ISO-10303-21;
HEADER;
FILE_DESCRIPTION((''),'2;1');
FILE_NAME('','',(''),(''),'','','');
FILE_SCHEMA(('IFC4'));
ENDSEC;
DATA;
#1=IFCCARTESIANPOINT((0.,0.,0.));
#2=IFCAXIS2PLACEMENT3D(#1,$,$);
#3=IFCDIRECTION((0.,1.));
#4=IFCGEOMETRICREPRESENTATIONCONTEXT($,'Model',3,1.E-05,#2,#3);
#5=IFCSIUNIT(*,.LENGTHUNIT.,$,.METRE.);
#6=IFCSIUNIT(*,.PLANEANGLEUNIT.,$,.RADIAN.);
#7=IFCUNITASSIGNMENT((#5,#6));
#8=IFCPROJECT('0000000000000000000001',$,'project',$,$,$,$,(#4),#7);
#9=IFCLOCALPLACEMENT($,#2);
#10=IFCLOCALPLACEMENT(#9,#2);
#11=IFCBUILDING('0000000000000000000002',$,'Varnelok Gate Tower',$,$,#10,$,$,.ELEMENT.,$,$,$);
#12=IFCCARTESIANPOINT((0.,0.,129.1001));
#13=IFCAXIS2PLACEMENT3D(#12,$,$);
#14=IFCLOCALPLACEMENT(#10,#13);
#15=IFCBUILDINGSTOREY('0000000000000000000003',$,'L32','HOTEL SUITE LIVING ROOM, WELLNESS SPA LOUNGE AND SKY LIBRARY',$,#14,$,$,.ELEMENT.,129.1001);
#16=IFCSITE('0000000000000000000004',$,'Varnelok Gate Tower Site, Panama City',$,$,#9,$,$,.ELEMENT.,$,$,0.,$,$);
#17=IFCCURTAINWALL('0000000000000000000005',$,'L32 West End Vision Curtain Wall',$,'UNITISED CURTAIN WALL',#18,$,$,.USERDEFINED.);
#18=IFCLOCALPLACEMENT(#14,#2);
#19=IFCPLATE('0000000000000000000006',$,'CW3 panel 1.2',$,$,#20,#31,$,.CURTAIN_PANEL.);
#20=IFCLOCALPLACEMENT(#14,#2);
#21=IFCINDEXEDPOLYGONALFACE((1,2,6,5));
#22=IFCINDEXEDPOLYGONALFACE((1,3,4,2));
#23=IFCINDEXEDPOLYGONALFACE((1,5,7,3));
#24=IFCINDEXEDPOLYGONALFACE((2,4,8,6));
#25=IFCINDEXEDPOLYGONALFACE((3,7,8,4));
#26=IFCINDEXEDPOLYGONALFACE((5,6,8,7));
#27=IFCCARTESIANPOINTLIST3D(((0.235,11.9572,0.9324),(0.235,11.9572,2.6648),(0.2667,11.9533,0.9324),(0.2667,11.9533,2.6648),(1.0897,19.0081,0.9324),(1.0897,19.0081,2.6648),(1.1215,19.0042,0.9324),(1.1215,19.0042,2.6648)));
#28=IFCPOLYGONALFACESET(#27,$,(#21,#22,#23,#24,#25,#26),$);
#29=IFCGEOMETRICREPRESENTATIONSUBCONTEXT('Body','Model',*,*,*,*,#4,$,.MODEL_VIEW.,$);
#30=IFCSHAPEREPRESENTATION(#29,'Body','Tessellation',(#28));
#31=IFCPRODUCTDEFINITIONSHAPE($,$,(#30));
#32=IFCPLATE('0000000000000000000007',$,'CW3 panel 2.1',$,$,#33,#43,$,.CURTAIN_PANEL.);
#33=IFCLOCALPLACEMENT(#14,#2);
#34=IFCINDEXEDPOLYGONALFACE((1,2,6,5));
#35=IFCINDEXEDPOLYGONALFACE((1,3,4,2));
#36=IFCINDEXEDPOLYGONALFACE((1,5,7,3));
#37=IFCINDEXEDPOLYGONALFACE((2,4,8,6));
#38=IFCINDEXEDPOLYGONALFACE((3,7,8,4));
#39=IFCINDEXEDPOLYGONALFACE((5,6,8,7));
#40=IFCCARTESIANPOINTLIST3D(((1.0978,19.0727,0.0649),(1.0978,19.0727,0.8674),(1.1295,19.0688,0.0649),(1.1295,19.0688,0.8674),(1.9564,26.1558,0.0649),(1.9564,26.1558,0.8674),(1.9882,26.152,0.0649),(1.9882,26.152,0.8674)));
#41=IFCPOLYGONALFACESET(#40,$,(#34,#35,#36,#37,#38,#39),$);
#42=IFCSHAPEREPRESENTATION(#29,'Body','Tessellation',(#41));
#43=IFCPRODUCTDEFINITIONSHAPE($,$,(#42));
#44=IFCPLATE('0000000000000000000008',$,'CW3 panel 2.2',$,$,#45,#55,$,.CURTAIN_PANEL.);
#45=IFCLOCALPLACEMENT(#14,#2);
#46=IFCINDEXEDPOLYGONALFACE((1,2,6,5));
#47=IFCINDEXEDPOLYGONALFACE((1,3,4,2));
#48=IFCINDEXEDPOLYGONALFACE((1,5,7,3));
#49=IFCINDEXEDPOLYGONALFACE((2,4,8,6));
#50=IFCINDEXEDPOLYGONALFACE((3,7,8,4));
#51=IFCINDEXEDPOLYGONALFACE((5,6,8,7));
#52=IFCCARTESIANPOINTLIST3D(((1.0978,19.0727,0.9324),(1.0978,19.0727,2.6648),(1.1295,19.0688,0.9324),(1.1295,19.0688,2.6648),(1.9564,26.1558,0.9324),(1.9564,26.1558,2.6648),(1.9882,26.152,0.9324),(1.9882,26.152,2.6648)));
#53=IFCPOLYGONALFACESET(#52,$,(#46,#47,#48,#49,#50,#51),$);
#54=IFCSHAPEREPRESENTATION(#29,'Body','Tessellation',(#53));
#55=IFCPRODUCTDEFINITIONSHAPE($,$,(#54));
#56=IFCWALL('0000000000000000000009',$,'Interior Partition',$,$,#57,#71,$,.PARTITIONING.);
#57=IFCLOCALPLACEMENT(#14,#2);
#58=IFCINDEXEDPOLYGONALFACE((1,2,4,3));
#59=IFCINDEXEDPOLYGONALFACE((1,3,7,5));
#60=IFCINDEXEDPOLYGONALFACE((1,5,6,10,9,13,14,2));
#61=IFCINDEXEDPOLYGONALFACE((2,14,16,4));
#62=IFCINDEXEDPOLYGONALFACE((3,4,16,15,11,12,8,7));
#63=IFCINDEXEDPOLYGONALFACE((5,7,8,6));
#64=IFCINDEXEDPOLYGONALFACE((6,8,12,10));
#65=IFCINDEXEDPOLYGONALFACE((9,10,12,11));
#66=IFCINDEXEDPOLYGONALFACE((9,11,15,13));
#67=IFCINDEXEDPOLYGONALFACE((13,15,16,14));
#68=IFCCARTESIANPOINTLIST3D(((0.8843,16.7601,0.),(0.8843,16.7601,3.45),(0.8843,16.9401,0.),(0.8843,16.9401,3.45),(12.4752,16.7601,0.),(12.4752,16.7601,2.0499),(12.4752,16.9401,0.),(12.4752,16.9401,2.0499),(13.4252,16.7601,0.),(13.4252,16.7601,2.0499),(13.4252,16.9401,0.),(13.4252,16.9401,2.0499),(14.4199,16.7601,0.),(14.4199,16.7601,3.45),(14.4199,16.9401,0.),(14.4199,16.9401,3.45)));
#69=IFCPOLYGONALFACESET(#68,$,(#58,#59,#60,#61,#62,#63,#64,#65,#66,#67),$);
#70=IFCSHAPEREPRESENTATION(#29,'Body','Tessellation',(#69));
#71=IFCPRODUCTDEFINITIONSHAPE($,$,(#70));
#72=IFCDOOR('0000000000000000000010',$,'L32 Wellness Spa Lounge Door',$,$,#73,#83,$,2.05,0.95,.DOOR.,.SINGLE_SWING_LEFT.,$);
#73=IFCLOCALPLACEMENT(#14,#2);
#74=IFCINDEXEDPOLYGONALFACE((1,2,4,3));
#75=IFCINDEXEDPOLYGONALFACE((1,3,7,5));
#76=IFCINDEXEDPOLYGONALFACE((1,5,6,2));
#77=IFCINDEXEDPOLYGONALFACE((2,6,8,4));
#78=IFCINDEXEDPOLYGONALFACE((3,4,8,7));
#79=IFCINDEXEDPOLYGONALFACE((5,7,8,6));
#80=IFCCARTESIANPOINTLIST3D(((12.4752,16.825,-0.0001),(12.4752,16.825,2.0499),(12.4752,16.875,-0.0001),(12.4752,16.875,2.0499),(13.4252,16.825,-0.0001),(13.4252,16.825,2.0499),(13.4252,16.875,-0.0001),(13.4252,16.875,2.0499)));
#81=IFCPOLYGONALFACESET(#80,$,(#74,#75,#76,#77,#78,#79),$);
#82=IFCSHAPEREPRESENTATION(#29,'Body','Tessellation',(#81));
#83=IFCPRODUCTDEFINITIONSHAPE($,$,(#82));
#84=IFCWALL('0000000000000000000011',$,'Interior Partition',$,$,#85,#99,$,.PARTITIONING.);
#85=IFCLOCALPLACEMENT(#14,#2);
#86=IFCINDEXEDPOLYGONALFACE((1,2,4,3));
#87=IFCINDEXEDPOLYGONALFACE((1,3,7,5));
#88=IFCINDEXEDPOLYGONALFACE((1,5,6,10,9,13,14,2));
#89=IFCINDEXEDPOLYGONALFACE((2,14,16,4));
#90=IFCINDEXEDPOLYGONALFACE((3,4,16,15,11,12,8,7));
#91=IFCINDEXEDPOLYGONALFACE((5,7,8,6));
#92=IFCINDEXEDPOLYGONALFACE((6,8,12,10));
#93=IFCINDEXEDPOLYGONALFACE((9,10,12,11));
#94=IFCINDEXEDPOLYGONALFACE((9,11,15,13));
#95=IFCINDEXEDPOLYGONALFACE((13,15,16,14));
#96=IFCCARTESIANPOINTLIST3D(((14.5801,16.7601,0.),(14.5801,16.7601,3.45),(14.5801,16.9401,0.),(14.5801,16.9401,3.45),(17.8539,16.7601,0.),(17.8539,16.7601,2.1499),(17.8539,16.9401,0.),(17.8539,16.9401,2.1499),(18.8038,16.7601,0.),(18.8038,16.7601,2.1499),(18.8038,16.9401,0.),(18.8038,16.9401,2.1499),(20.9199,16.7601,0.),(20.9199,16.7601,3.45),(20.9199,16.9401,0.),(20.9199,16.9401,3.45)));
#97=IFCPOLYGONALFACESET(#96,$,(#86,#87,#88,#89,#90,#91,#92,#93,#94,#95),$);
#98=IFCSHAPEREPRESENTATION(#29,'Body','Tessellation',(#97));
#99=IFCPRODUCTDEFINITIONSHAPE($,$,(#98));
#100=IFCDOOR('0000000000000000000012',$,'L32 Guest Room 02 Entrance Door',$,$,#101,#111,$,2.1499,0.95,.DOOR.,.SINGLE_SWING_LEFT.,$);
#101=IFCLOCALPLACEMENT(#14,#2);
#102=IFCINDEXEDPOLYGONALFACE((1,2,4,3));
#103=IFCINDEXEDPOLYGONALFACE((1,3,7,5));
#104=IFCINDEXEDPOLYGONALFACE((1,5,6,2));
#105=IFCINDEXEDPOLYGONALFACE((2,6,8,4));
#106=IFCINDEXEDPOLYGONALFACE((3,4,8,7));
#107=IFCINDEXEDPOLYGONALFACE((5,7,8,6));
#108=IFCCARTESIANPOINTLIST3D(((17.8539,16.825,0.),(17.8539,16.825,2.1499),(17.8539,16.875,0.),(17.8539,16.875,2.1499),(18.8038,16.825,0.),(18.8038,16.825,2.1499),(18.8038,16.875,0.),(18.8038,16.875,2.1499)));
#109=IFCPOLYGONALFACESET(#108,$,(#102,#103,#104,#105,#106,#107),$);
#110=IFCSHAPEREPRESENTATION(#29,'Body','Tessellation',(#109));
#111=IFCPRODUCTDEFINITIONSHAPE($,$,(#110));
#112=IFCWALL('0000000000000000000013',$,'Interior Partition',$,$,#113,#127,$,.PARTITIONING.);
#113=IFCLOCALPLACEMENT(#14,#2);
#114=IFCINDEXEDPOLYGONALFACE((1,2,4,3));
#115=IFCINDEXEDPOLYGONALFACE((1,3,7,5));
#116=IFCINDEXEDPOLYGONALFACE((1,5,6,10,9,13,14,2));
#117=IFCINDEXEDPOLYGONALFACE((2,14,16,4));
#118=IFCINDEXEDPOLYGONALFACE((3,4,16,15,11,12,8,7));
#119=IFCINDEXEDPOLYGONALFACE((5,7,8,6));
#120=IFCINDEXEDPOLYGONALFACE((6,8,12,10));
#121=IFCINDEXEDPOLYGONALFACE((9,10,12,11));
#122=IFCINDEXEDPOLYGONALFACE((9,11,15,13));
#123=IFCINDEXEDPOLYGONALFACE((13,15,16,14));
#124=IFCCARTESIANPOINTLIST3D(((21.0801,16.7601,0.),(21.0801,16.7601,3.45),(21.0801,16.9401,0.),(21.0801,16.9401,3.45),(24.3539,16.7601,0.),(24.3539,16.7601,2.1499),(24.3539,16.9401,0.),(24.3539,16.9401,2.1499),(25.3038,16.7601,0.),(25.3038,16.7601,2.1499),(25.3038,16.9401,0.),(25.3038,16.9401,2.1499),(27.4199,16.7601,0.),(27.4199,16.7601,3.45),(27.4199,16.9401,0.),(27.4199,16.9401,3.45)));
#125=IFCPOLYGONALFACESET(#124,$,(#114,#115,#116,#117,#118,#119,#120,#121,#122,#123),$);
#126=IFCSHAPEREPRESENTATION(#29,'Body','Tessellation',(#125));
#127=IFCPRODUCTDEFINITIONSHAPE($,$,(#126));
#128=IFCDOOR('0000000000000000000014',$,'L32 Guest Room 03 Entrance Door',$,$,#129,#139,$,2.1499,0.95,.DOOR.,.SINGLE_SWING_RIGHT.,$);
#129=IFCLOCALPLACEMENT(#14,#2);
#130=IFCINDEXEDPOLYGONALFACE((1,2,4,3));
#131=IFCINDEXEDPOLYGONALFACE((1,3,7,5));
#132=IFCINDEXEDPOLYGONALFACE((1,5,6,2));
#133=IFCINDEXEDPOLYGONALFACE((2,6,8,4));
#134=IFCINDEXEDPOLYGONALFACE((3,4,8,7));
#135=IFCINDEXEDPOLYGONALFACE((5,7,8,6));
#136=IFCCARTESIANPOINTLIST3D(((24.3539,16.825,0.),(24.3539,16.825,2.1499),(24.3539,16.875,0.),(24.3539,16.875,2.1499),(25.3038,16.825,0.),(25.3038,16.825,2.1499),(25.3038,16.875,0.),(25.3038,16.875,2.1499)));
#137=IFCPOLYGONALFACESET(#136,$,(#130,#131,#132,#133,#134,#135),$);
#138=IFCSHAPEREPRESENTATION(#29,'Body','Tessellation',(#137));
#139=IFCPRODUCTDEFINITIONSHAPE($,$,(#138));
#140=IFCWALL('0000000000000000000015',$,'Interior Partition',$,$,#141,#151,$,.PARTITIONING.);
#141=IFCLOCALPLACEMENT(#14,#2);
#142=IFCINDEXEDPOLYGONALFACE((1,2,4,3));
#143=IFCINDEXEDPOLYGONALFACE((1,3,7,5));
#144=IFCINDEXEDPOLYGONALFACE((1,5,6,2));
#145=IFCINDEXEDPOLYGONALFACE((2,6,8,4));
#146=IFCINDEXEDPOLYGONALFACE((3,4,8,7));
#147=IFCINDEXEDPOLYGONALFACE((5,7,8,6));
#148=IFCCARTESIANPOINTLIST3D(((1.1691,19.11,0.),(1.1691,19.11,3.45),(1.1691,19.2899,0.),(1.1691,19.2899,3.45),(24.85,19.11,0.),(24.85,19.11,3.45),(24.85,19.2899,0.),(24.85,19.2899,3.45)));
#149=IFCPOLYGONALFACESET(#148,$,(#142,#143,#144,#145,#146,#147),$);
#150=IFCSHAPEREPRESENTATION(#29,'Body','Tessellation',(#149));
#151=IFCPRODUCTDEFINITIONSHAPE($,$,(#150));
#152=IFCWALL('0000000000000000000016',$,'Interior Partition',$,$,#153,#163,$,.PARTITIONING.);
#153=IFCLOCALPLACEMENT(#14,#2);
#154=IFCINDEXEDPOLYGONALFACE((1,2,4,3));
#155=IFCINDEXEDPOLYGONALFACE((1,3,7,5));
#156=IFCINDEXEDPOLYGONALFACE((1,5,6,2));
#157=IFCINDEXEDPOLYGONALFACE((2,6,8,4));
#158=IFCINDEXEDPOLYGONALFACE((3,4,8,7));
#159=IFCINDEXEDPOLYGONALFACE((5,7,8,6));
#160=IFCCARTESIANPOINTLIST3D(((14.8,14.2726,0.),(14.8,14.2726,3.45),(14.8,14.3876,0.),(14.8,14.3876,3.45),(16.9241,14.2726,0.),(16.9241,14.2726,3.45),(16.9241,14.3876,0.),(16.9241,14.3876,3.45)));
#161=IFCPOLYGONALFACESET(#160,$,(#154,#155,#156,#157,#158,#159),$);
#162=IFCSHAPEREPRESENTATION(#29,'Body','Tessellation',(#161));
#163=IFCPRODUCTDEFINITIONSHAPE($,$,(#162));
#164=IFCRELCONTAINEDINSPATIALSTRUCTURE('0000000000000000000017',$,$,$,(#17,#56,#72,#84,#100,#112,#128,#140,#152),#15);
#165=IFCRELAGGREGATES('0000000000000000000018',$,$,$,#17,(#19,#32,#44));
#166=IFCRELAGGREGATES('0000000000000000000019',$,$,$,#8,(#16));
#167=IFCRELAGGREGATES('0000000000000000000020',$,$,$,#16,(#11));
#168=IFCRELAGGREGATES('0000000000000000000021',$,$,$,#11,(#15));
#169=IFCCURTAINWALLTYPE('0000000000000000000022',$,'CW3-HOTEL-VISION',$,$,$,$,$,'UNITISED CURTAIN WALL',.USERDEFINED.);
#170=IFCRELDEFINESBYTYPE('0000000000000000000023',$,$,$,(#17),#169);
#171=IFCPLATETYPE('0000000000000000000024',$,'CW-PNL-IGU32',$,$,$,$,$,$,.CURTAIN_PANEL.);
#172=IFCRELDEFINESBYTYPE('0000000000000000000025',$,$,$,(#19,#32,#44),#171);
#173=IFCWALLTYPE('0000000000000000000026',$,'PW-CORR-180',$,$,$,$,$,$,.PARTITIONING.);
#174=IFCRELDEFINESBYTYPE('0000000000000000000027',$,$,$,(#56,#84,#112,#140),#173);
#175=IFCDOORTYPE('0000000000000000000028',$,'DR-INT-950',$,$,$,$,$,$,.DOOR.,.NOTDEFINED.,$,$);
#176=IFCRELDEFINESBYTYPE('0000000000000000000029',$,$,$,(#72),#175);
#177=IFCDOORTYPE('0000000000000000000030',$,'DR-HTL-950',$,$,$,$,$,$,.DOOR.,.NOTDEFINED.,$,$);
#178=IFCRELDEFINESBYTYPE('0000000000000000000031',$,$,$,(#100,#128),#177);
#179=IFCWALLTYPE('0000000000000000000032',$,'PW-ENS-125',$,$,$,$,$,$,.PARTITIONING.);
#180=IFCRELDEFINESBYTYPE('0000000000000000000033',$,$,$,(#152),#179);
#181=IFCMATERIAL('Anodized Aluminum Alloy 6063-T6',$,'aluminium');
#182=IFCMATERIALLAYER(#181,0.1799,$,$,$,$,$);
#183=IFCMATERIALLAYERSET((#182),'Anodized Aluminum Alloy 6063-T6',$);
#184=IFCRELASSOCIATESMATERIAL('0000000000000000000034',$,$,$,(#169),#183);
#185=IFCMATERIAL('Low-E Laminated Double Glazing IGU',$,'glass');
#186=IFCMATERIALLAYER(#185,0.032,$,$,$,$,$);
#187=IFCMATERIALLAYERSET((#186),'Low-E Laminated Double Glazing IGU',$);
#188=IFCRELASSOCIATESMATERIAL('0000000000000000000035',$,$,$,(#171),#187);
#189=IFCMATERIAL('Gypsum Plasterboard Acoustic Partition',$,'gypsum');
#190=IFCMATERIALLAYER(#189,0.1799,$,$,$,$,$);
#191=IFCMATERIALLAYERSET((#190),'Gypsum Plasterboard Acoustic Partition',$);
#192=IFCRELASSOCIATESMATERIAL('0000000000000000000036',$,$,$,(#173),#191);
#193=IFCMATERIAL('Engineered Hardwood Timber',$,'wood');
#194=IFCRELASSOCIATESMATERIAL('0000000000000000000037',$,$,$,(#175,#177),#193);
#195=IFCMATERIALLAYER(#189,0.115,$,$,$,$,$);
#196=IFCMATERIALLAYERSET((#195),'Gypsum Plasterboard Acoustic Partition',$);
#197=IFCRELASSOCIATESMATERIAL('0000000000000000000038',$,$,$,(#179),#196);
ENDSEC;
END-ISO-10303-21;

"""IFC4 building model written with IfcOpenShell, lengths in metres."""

from ifc_helpers import new_model, si_unit, direction, frame, frame_2d, origin, origin_2d, place, context, subcontext, project, spatial, rectangle, extrude, source, transform, mapped, material, layer, layer_set, type_object, element, fill, aggregate, save


model = new_model("IFC4")

# Units and contexts
model_context = context("Model", 3, precision=1e-05, world=origin(), true_north=direction((0.0, 1.0)))
body_context = subcontext(model_context, "Body", "Model", "MODEL_VIEW")
ifc_project = project(units=[si_unit("LENGTHUNIT", "METRE"), si_unit("PLANEANGLEUNIT", "RADIAN")], contexts=[model_context])

# Site, building, storey
site_placement = place(None, origin())
site = spatial("IfcSite", under=ifc_project, at=site_placement, Name="Varnelok Gate Tower Site, Panama City", CompositionType="ELEMENT", RefElevation=0.0)
building_placement = place(site_placement, origin())
building = spatial("IfcBuilding", under=site, at=building_placement, Name="Varnelok Gate Tower", CompositionType="ELEMENT")
storey_placement = place(building_placement, frame((0.0, 0.0, 129.1001)))
storey = spatial("IfcBuildingStorey", under=building, at=storey_placement, Name="L32", Description="HOTEL SUITE LIVING ROOM, WELLNESS SPA LOUNGE AND SKY LIBRARY", CompositionType="ELEMENT", Elevation=129.1001)

# Curtain wall, plates
ifc_material_1 = material(Name="Anodized Aluminum Alloy 6063-T6", Category="aluminium")
ifc_layer_1 = layer(ifc_material_1, 0.1799)
ifc_layer_set_1 = layer_set([ifc_layer_1], Name="Anodized Aluminum Alloy 6063-T6")
curtain_wall_type = type_object("IfcCurtainWallType", Name="CW3-HOTEL-VISION", ElementType="UNITISED CURTAIN WALL", PredefinedType="USERDEFINED", material=ifc_layer_set_1)
curtain_wall_placement = place(storey_placement, origin())
curtain_wall = element("IfcCurtainWall", 1, at=curtain_wall_placement, inside=storey, type_object=curtain_wall_type, Name="L32 West End Vision Curtain Wall", ObjectType="UNITISED CURTAIN WALL", PredefinedType="USERDEFINED")
ifc_material_2 = material(Name="Low-E Laminated Double Glazing IGU", Category="glass")
ifc_layer_2 = layer(ifc_material_2, 0.032)
ifc_layer_set_2 = layer_set([ifc_layer_2], Name="Low-E Laminated Double Glazing IGU")
plate_type = type_object("IfcPlateType", Name="CW-PNL-IGU32", PredefinedType="CURTAIN_PANEL", material=ifc_layer_set_2)
shared_shape_1 = source(origin(), body_context, "Body", "SweptSolid", [
    extrude(rectangle(XDim=7.1025, YDim=0.032, at=origin_2d()), origin(), (0.0, 0.0, 1.0), 1.7324),
])
plate_1_placement = place(storey_placement, frame((0.6782, 15.4807, 0.9324), z_axis=(0.0, 0.0, 1.0), x_axis=(0.120347, 0.992732, 0.0)))
plate_1 = element("IfcPlate", 2, at=plate_1_placement, type_object=plate_type, Name="CW3 panel 1.2", PredefinedType="CURTAIN_PANEL", context=body_context, shape_type="MappedRepresentation", body=[
    mapped(shared_shape_1, transform((0.0, 0.0, 0.0), scale=1.0)),
])
shared_shape_2 = source(origin(), body_context, "Body", "SweptSolid", [
    extrude(rectangle(XDim=7.135, YDim=0.032, at=origin_2d()), origin(), (0.0, 0.0, 1.0), 0.8025),
])
plate_2_placement = place(storey_placement, frame((1.543, 22.6123, 0.0649), z_axis=(0.0, 0.0, 1.0), x_axis=(0.120347, 0.992732, 0.0)))
plate_2 = element("IfcPlate", 3, at=plate_2_placement, type_object=plate_type, Name="CW3 panel 2.1", PredefinedType="CURTAIN_PANEL", context=body_context, shape_type="MappedRepresentation", body=[
    mapped(shared_shape_2, transform((0.0, 0.0, 0.0), scale=1.0)),
])
shared_shape_3 = source(origin(), body_context, "Body", "SweptSolid", [
    extrude(rectangle(XDim=7.135, YDim=0.032, at=origin_2d()), origin(), (0.0, 0.0, 1.0), 1.7324),
])
plate_3_placement = place(storey_placement, frame((1.543, 22.6123, 0.9324), z_axis=(0.0, 0.0, 1.0), x_axis=(0.120347, 0.992732, 0.0)))
plate_3 = element("IfcPlate", 4, at=plate_3_placement, type_object=plate_type, Name="CW3 panel 2.2", PredefinedType="CURTAIN_PANEL", context=body_context, shape_type="MappedRepresentation", body=[
    mapped(shared_shape_3, transform((0.0, 0.0, 0.0), scale=1.0)),
])
aggregate(curtain_wall, [plate_1, plate_2, plate_3])

# Walls, openings, doors
ifc_material_3 = material(Name="Gypsum Plasterboard Acoustic Partition", Category="gypsum")
ifc_layer_3 = layer(ifc_material_3, 0.1799)
ifc_layer_set_3 = layer_set([ifc_layer_3], Name="Gypsum Plasterboard Acoustic Partition")
wall_type_1 = type_object("IfcWallType", Name="PW-CORR-180", PredefinedType="PARTITIONING", material=ifc_layer_set_3)
wall_1_placement = place(storey_placement, frame((0.8843, 16.8501, 0.0), z_axis=(0.0, 0.0, 1.0), x_axis=(1.0, 0.0, 0.0)))
wall_1 = element("IfcWall", 5, at=wall_1_placement, inside=storey, type_object=wall_type_1, Name="Interior Partition", PredefinedType="PARTITIONING", context=body_context, shape_type="SweptSolid", body=[
    extrude(rectangle(XDim=13.5356, YDim=0.1799, at=frame_2d((6.7678, 0.0))), origin(), (0.0, 0.0, 1.0), 3.45),
])
opening_1_placement = place(wall_1_placement, frame((11.5908, 0.0, 0.0)))
opening_1 = element("IfcOpeningElement", 6, at=opening_1_placement, cuts=wall_1, PredefinedType="OPENING", context=body_context, shape_type="SweptSolid", body=[
    extrude(rectangle(XDim=0.95, YDim=2.05, at=frame_2d((0.4751, 1.0249))), frame((0.0, 0.0999, 0.0), z_axis=(0.0, -1.0, 0.0), x_axis=(1.0, 0.0, 0.0)), (0.0, 0.0, 1.0), 0.2),
])
ifc_material_4 = material(Name="Engineered Hardwood Timber", Category="wood")
door_type_1 = type_object("IfcDoorType", Name="DR-INT-950", OperationType="NOTDEFINED", PredefinedType="DOOR", material=ifc_material_4)
door_1_placement = place(opening_1_placement, origin())
door_1 = element("IfcDoor", 7, at=door_1_placement, inside=storey, type_object=door_type_1, Name="L32 Wellness Spa Lounge Door", OperationType="SINGLE_SWING_LEFT", OverallHeight=2.05, OverallWidth=0.95, PredefinedType="DOOR", context=body_context, shape_type="SweptSolid", body=[
    extrude(rectangle(XDim=0.95, YDim=2.05, at=frame_2d((0.4751, 1.0249))), frame((0.0, 0.0249, 0.0), z_axis=(0.0, -1.0, 0.0), x_axis=(1.0, 0.0, 0.0)), (0.0, 0.0, 1.0), 0.05),
])
fill(opening_1, door_1)
wall_2_placement = place(storey_placement, frame((14.5801, 16.8501, 0.0), z_axis=(0.0, 0.0, 1.0), x_axis=(1.0, 0.0, 0.0)))
wall_2 = element("IfcWall", 8, at=wall_2_placement, inside=storey, type_object=wall_type_1, Name="Interior Partition", PredefinedType="PARTITIONING", context=body_context, shape_type="SweptSolid", body=[
    extrude(rectangle(XDim=6.3398, YDim=0.1799, at=frame_2d((3.1699, 0.0))), origin(), (0.0, 0.0, 1.0), 3.45),
])
opening_2_placement = place(wall_2_placement, frame((3.2737, 0.0, 0.0)))
opening_2 = element("IfcOpeningElement", 9, at=opening_2_placement, cuts=wall_2, PredefinedType="OPENING", context=body_context, shape_type="SweptSolid", body=[
    extrude(rectangle(XDim=0.95, YDim=2.1499, at=frame_2d((0.4751, 1.075))), frame((0.0, 0.0999, 0.0), z_axis=(0.0, -1.0, 0.0), x_axis=(1.0, 0.0, 0.0)), (0.0, 0.0, 1.0), 0.2),
])
door_type_2 = type_object("IfcDoorType", Name="DR-HTL-950", OperationType="NOTDEFINED", PredefinedType="DOOR", material=ifc_material_4)
door_2_placement = place(opening_2_placement, origin())
door_2 = element("IfcDoor", 10, at=door_2_placement, inside=storey, type_object=door_type_2, Name="L32 Guest Room 02 Entrance Door", OperationType="SINGLE_SWING_LEFT", OverallHeight=2.1499, OverallWidth=0.95, PredefinedType="DOOR", context=body_context, shape_type="SweptSolid", body=[
    extrude(rectangle(XDim=0.95, YDim=2.1499, at=frame_2d((0.4751, 1.075))), frame((0.0, 0.0249, 0.0), z_axis=(0.0, -1.0, 0.0), x_axis=(1.0, 0.0, 0.0)), (0.0, 0.0, 1.0), 0.05),
])
fill(opening_2, door_2)
wall_3_placement = place(storey_placement, frame((21.0801, 16.8501, 0.0), z_axis=(0.0, 0.0, 1.0), x_axis=(1.0, 0.0, 0.0)))
wall_3 = element("IfcWall", 11, at=wall_3_placement, inside=storey, type_object=wall_type_1, Name="Interior Partition", PredefinedType="PARTITIONING", context=body_context, shape_type="SweptSolid", body=[
    extrude(rectangle(XDim=6.3398, YDim=0.1799, at=frame_2d((3.1699, 0.0))), origin(), (0.0, 0.0, 1.0), 3.45),
])
opening_3_placement = place(wall_3_placement, frame((3.2737, 0.0, 0.0)))
opening_3 = element("IfcOpeningElement", 12, at=opening_3_placement, cuts=wall_3, PredefinedType="OPENING", context=body_context, shape_type="SweptSolid", body=[
    extrude(rectangle(XDim=0.95, YDim=2.1499, at=frame_2d((0.4751, 1.075))), frame((0.0, 0.0999, 0.0), z_axis=(0.0, -1.0, 0.0), x_axis=(1.0, 0.0, 0.0)), (0.0, 0.0, 1.0), 0.2),
])
door_3_placement = place(opening_3_placement, origin())
door_3 = element("IfcDoor", 13, at=door_3_placement, inside=storey, type_object=door_type_2, Name="L32 Guest Room 03 Entrance Door", OperationType="SINGLE_SWING_RIGHT", OverallHeight=2.1499, OverallWidth=0.95, PredefinedType="DOOR", context=body_context, shape_type="SweptSolid", body=[
    extrude(rectangle(XDim=0.95, YDim=2.1499, at=frame_2d((0.4751, 1.075))), frame((0.0, 0.0249, 0.0), z_axis=(0.0, -1.0, 0.0), x_axis=(1.0, 0.0, 0.0)), (0.0, 0.0, 1.0), 0.05),
])
fill(opening_3, door_3)

# Walls
wall_4_placement = place(storey_placement, frame((1.1692, 19.2, 0.0), z_axis=(0.0, 0.0, 1.0), x_axis=(1.0, 0.0, 0.0)))
element("IfcWall", 14, at=wall_4_placement, inside=storey, type_object=wall_type_1, Name="Interior Partition", PredefinedType="PARTITIONING", context=body_context, shape_type="SweptSolid", body=[
    extrude(rectangle(XDim=23.6809, YDim=0.1799, at=frame_2d((11.8403, 0.0))), origin(), (0.0, 0.0, 1.0), 3.45),
])
ifc_layer_4 = layer(ifc_material_3, 0.115)
ifc_layer_set_4 = layer_set([ifc_layer_4], Name="Gypsum Plasterboard Acoustic Partition")
wall_type_2 = type_object("IfcWallType", Name="PW-ENS-125", PredefinedType="PARTITIONING", material=ifc_layer_set_4)
wall_5_placement = place(storey_placement, frame((14.8, 14.3301, 0.0), z_axis=(0.0, 0.0, 1.0), x_axis=(1.0, 0.0, 0.0)))
element("IfcWall", 15, at=wall_5_placement, inside=storey, type_object=wall_type_2, Name="Interior Partition", PredefinedType="PARTITIONING", context=body_context, shape_type="SweptSolid", body=[
    extrude(rectangle(XDim=2.124, YDim=0.115, at=frame_2d((1.062, 0.0))), origin(), (0.0, 0.0, 1.0), 3.45),
])

save(model, "model.ifc")
